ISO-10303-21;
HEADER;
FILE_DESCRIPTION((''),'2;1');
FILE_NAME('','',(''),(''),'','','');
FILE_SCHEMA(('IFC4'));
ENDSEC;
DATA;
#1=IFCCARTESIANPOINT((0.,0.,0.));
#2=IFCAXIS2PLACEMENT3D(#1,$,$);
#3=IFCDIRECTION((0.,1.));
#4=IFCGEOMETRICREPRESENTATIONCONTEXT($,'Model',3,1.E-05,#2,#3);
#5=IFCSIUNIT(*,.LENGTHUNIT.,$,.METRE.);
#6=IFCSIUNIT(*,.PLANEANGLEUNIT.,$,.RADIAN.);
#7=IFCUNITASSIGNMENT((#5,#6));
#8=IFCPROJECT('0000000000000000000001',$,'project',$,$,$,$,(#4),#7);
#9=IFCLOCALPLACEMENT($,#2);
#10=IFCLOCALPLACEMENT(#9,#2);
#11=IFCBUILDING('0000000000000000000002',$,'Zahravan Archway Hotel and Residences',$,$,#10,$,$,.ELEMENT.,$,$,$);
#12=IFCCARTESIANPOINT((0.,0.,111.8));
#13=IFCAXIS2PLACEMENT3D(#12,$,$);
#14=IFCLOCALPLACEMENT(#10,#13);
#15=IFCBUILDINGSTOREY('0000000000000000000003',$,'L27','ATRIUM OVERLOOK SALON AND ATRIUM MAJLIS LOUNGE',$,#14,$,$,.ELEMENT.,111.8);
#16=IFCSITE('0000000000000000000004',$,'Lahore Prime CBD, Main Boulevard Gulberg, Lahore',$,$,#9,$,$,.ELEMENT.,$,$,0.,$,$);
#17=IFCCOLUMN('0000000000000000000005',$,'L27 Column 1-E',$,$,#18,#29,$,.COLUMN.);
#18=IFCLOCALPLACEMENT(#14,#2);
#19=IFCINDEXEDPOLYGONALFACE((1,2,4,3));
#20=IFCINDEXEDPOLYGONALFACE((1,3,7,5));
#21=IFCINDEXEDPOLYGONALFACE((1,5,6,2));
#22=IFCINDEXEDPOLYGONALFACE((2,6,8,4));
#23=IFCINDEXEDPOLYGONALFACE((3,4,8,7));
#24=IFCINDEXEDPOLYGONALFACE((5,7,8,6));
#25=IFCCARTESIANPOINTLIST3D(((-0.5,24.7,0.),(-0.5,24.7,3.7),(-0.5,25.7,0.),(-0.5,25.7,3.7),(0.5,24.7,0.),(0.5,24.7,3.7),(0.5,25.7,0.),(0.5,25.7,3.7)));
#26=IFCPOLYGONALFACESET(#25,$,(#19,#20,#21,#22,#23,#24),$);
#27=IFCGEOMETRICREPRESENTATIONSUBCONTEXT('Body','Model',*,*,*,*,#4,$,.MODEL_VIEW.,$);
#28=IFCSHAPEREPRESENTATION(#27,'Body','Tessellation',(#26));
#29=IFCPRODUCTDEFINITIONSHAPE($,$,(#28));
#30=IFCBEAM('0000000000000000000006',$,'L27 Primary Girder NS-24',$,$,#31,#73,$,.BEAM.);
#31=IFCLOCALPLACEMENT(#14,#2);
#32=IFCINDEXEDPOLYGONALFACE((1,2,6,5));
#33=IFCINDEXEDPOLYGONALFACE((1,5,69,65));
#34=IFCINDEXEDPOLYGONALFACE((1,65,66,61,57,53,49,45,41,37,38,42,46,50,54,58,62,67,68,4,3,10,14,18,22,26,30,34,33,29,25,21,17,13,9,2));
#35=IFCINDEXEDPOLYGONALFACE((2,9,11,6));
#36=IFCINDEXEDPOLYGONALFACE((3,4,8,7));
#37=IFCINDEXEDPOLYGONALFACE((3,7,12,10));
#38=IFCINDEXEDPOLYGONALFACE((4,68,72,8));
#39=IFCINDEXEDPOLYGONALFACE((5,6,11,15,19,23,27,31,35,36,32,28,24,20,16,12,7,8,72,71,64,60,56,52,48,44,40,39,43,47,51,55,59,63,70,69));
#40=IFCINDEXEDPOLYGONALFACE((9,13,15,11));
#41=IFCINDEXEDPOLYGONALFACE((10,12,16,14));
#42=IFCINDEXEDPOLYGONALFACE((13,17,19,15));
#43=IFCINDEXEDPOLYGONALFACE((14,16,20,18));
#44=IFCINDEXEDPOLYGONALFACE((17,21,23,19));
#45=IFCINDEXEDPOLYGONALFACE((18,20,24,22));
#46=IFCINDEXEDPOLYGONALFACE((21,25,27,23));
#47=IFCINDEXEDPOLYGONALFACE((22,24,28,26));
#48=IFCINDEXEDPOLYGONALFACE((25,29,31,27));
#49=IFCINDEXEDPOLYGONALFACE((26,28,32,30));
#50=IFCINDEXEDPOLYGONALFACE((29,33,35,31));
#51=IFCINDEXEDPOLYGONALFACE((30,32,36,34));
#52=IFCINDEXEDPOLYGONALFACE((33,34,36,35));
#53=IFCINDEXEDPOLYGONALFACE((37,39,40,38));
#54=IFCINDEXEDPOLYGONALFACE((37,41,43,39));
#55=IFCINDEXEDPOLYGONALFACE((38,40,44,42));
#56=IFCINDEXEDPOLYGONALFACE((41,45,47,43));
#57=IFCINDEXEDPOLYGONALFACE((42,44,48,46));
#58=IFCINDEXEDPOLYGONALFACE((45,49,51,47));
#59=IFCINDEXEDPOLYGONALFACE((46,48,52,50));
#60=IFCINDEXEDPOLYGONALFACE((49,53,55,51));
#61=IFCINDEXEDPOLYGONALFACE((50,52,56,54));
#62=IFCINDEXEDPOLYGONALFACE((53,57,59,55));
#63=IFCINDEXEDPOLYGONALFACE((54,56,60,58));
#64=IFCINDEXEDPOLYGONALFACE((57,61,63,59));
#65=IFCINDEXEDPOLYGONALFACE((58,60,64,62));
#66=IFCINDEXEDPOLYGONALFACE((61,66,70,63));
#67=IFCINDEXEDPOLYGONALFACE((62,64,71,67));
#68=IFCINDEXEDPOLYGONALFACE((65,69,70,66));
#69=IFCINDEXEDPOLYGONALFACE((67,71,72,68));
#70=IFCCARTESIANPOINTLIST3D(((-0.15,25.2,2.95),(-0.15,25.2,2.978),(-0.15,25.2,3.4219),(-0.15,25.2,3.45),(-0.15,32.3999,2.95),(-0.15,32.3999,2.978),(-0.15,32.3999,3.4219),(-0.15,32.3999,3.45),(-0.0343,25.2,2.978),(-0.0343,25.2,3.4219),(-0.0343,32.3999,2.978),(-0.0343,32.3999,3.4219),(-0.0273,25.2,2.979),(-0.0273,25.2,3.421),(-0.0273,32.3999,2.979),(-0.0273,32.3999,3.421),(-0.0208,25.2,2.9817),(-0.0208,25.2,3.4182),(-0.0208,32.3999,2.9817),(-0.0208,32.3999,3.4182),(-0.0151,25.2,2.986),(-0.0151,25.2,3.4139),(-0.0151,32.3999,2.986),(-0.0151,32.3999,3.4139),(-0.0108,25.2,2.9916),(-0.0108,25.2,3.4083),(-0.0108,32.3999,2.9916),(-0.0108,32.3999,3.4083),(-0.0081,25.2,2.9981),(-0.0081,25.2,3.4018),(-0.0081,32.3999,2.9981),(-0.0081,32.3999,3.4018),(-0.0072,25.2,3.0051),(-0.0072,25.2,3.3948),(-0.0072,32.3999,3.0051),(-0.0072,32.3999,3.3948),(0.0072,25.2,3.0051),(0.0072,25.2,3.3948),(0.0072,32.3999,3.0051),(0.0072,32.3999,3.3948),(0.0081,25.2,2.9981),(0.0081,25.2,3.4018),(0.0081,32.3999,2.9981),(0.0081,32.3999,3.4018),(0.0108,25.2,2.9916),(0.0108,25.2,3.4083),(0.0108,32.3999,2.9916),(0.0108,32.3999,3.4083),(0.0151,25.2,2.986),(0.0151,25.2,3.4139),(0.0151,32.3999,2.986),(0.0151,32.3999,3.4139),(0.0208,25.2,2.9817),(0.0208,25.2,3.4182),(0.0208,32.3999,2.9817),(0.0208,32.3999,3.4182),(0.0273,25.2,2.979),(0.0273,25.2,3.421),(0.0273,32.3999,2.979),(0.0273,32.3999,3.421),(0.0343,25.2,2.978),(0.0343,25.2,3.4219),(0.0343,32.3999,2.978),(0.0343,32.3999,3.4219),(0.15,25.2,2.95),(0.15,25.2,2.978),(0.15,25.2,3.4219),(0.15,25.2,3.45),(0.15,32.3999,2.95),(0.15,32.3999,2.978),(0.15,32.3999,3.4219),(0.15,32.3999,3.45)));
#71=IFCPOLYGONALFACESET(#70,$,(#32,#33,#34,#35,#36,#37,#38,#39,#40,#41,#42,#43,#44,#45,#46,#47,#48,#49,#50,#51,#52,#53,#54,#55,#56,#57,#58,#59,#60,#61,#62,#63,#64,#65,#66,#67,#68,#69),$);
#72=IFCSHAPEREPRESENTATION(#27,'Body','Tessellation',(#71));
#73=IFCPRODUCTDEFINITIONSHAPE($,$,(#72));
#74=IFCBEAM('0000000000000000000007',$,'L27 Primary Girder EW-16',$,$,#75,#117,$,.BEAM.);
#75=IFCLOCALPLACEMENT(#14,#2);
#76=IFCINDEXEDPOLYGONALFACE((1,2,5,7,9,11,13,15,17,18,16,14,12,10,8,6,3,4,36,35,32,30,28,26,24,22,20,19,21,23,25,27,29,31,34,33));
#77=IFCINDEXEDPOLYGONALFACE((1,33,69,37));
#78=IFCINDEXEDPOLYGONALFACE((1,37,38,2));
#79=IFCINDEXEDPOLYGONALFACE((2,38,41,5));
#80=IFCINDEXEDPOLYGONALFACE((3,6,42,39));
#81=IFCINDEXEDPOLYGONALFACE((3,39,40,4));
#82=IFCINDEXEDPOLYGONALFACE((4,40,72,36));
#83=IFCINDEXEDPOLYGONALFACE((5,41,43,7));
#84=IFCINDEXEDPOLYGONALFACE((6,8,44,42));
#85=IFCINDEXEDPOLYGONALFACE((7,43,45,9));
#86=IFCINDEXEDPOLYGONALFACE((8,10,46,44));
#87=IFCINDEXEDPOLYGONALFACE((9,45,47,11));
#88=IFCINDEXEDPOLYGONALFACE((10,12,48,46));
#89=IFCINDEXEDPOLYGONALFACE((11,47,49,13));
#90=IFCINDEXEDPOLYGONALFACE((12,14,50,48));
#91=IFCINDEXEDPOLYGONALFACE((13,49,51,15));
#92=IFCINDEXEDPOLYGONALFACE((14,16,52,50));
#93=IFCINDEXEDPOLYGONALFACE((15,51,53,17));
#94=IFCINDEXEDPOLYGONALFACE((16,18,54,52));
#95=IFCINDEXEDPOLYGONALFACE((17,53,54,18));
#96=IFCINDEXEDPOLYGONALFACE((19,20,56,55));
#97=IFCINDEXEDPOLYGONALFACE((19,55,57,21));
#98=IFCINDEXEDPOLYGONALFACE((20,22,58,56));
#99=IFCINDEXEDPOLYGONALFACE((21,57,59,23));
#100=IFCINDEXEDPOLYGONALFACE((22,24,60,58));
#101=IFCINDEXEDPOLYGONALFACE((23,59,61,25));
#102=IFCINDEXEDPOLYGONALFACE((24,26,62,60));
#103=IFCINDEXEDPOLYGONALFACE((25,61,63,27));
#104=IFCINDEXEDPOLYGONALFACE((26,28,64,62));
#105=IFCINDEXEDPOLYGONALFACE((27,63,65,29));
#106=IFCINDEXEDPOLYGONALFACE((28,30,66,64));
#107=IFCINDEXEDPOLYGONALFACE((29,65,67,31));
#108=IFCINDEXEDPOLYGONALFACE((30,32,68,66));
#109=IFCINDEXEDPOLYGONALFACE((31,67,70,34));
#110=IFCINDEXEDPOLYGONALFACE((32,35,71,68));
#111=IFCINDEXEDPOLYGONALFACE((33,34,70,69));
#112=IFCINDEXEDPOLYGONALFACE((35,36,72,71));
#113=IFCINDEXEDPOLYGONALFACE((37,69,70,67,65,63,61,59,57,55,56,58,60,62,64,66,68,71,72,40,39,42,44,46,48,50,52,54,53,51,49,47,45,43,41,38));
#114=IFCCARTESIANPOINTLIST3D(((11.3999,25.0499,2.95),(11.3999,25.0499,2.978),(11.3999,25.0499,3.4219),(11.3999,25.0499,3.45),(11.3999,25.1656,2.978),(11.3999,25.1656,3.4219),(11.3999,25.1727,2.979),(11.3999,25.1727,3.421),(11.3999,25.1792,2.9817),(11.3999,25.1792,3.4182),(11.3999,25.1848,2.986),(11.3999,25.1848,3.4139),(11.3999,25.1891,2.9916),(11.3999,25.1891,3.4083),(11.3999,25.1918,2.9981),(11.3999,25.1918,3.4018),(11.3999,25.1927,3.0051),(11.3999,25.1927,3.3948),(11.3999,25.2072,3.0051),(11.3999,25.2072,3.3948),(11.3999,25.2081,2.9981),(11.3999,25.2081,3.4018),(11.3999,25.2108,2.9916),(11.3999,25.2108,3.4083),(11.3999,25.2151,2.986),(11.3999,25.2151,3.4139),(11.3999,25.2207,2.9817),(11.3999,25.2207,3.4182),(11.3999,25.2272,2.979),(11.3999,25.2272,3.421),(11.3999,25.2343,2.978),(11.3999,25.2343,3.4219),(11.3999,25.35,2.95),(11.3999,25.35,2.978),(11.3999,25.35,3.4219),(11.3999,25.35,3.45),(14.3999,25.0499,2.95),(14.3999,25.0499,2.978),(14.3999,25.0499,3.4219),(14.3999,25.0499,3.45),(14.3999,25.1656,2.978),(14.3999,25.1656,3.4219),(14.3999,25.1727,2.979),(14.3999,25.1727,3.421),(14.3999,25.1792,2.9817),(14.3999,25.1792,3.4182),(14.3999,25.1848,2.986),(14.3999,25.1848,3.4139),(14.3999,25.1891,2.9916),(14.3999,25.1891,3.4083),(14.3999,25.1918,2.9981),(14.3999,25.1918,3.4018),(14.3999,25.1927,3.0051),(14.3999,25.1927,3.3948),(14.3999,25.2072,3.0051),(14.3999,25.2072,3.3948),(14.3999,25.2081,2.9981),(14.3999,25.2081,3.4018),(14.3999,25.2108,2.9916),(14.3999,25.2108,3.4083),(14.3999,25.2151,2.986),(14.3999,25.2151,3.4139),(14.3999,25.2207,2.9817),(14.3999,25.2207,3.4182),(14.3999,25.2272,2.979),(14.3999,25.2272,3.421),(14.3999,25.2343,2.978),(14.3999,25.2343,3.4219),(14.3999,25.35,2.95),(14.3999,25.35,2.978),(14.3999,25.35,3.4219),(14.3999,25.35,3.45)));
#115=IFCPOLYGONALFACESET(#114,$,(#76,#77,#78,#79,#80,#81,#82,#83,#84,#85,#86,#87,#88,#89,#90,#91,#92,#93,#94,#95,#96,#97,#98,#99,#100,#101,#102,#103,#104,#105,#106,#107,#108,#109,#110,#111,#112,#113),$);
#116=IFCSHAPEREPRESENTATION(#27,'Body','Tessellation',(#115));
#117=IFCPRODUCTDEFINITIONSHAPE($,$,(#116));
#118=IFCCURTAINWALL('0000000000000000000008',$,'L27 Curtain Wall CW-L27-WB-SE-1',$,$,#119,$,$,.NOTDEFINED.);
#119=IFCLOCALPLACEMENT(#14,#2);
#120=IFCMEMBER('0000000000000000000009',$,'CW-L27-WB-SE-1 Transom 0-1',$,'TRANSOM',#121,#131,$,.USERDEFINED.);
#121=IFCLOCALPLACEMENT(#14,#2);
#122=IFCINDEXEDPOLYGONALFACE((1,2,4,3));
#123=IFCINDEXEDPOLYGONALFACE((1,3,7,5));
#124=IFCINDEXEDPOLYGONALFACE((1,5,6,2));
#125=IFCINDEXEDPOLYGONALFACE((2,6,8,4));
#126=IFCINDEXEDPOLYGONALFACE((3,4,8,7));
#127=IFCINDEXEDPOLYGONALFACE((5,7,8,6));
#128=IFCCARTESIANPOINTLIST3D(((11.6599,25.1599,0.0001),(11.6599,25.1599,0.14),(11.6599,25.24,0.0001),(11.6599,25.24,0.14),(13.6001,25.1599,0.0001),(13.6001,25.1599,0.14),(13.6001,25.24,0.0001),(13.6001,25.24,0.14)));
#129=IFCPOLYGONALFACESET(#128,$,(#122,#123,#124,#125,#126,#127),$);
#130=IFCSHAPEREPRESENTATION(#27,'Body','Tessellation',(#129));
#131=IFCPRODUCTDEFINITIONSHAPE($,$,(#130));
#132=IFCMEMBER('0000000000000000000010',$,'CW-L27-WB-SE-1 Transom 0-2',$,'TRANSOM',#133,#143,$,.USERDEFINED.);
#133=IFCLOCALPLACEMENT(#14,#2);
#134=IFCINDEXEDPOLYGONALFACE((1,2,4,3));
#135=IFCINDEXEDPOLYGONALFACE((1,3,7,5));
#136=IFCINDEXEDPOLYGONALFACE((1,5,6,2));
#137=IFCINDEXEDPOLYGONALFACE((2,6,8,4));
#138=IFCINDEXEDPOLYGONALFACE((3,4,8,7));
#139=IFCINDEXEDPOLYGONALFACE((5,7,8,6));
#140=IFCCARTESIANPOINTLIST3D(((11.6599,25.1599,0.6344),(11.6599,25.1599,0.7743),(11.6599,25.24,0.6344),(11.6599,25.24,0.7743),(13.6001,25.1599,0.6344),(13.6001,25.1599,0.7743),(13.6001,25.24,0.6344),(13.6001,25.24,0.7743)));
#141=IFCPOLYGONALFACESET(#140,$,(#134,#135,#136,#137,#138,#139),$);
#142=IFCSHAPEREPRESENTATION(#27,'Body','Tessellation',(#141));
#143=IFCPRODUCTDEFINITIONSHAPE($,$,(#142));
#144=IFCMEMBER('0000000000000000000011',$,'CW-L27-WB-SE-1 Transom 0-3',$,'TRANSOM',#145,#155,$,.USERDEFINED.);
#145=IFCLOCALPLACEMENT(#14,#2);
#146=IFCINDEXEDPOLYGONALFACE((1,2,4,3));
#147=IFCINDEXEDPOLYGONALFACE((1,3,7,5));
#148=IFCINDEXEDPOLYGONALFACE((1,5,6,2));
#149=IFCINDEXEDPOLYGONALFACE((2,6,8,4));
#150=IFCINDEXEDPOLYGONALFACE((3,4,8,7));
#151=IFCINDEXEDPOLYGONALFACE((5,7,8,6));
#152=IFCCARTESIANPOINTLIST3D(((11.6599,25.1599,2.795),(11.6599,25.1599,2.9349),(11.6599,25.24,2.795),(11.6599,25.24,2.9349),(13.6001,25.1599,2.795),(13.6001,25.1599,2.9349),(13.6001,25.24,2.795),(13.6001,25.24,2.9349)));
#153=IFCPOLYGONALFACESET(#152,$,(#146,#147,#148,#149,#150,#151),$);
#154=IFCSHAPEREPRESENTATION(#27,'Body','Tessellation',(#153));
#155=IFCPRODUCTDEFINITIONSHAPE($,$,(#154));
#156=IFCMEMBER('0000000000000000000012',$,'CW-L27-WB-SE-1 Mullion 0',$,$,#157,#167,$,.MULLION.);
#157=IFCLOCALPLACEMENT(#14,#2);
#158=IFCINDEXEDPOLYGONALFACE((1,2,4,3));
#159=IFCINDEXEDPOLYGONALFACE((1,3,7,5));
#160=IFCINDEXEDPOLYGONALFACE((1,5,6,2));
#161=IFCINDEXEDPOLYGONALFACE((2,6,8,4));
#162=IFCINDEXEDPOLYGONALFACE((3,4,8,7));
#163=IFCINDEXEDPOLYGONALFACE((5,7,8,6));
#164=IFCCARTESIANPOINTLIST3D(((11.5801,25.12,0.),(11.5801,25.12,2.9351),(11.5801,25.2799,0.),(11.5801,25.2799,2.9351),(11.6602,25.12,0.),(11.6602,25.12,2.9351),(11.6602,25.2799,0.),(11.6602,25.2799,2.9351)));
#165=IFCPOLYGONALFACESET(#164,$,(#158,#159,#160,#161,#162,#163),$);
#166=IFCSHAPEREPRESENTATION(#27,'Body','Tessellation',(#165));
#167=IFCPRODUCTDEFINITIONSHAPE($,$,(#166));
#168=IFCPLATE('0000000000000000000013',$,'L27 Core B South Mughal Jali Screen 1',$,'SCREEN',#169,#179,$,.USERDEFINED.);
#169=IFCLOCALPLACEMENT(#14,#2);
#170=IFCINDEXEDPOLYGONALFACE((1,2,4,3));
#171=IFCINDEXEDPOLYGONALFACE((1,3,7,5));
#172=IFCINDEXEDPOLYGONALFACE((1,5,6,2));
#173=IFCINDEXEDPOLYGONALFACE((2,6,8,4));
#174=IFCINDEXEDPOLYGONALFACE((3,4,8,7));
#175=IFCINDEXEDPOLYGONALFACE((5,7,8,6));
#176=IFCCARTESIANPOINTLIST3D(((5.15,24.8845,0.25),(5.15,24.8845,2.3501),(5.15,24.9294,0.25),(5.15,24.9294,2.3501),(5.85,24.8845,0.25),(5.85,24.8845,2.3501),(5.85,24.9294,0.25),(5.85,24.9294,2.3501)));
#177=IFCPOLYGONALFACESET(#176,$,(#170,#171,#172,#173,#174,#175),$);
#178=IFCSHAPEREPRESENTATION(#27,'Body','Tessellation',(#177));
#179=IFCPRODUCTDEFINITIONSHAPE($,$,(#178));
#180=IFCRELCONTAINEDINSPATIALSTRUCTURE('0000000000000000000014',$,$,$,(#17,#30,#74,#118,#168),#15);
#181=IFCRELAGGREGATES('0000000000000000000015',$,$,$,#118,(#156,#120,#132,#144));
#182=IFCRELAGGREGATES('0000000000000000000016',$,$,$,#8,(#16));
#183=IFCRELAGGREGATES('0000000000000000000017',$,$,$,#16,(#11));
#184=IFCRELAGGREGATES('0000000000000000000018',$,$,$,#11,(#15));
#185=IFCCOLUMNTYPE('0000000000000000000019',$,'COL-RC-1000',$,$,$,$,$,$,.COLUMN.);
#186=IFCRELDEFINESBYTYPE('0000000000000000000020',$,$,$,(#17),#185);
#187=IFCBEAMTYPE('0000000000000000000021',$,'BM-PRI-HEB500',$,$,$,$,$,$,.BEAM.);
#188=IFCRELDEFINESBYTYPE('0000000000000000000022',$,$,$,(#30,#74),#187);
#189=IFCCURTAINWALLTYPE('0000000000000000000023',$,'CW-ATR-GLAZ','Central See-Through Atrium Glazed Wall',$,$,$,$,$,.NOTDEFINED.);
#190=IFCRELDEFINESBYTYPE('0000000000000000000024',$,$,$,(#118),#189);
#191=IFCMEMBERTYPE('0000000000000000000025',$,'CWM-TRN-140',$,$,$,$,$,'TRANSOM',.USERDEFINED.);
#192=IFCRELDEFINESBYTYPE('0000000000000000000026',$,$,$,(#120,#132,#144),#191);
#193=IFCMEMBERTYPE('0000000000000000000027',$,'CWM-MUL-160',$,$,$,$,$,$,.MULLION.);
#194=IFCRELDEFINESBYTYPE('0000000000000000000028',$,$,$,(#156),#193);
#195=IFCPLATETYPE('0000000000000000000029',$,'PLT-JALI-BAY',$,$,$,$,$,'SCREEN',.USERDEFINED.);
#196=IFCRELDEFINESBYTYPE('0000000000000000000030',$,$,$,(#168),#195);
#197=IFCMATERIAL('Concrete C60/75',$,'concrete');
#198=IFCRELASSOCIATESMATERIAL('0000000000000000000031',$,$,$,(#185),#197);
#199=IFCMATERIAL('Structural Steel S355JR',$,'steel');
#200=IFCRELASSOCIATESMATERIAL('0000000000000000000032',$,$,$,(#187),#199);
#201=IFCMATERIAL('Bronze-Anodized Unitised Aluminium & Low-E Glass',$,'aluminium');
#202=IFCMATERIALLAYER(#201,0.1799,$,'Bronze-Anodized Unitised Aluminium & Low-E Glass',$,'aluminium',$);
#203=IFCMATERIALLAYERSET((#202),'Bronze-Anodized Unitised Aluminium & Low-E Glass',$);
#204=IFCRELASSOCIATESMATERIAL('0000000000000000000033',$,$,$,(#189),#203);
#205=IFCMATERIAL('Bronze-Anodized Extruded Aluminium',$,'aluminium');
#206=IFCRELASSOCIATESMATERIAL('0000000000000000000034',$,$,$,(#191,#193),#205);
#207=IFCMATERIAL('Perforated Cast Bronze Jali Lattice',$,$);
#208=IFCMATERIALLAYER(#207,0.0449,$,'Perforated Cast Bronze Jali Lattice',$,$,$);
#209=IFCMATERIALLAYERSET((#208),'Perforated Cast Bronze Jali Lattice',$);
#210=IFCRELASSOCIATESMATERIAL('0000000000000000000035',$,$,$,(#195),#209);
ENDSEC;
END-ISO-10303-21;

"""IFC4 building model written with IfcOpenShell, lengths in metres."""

from ifc_helpers import new_model, si_unit, direction, frame, origin, origin_2d, place, context, subcontext, project, spatial, rectangle, i_section, extrude, source, transform, mapped, material, layer, layer_set, material_profile, profile_set, type_object, type_shapes, element, aggregate, save


model = new_model("IFC4")

# Units and contexts
model_context = context("Model", 3, precision=1e-05, world=origin(), true_north=direction((0.0, 1.0)))
body_context = subcontext(model_context, "Body", "Model", "MODEL_VIEW")
ifc_project = project(units=[si_unit("LENGTHUNIT", "METRE"), si_unit("PLANEANGLEUNIT", "RADIAN")], contexts=[model_context])

# Site, building, storey
site_placement = place(None, origin())
site = spatial("IfcSite", under=ifc_project, at=site_placement, Name="Lahore Prime CBD, Main Boulevard Gulberg, Lahore", CompositionType="ELEMENT", RefElevation=0.0)
building_placement = place(site_placement, origin())
building = spatial("IfcBuilding", under=site, at=building_placement, Name="Zahravan Archway Hotel and Residences", CompositionType="ELEMENT")
storey_placement = place(building_placement, frame((0.0, 0.0, 111.8)))
storey = spatial("IfcBuildingStorey", under=building, at=storey_placement, Name="L27", Description="ATRIUM OVERLOOK SALON AND ATRIUM MAJLIS LOUNGE", CompositionType="ELEMENT", Elevation=111.8)

# Column
ifc_material_1 = material(Name="Concrete C60/75", Category="concrete")
ifc_material_profile_1 = material_profile(ifc_material_1, rectangle(XDim=1.0, YDim=1.0, at=origin_2d()), Name="RC-COL-1000x1000", Category="concrete")
ifc_profile_set_1 = profile_set([ifc_material_profile_1], Name="Concrete C60/75")
column_type = type_object("IfcColumnType", Name="COL-RC-1000", PredefinedType="COLUMN", material=ifc_profile_set_1)
shared_shape_1 = source(origin(), body_context, "Body", "SweptSolid", [
    extrude(rectangle(XDim=1.0, YDim=1.0, at=origin_2d()), origin(), (0.0, 0.0, 1.0), 3.7),
])
type_shapes(column_type, [shared_shape_1])
column_placement = place(storey_placement, frame((0.0, 25.2, 0.0), z_axis=(0.0, 0.0, 1.0), x_axis=(1.0, 0.0, 0.0)))
element("IfcColumn", 1, at=column_placement, inside=storey, type_object=column_type, Name="L27 Column 1-E", PredefinedType="COLUMN", context=body_context, shape_type="MappedRepresentation", body=[
    mapped(shared_shape_1, transform((0.0, 0.0, 0.0), scale=1.0)),
])

# Beams
ifc_material_2 = material(Name="Structural Steel S355JR", Category="steel")
ifc_material_profile_2 = material_profile(ifc_material_2, i_section(OverallWidth=0.3, OverallDepth=0.5, WebThickness=0.0144, FlangeThickness=0.0281, FilletRadius=0.0271, at=origin_2d()), Name="HEB 500", Category="steel")
ifc_profile_set_2 = profile_set([ifc_material_profile_2], Name="Structural Steel S355JR")
beam_type = type_object("IfcBeamType", Name="BM-PRI-HEB500", PredefinedType="BEAM", material=ifc_profile_set_2)
shared_shape_2 = source(origin(), body_context, "Body", "SweptSolid", [
    extrude(i_section(OverallWidth=0.3, OverallDepth=0.5, WebThickness=0.0144, FlangeThickness=0.0281, FilletRadius=0.0271, at=origin_2d()), origin(), (0.0, 0.0, 1.0), 7.2),
])
beam_1_placement = place(storey_placement, frame((0.0, 25.2, 3.2), z_axis=(0.0, 1.0, 0.0), x_axis=(-1.0, 0.0, 0.0)))
element("IfcBeam", 2, at=beam_1_placement, inside=storey, type_object=beam_type, Name="L27 Primary Girder NS-24", PredefinedType="BEAM", context=body_context, shape_type="MappedRepresentation", body=[
    mapped(shared_shape_2, transform((0.0, 0.0, 0.0), scale=1.0)),
])
shared_shape_3 = source(origin(), body_context, "Body", "SweptSolid", [
    extrude(i_section(OverallWidth=0.3, OverallDepth=0.5, WebThickness=0.0144, FlangeThickness=0.0281, FilletRadius=0.0271, at=origin_2d()), origin(), (0.0, 0.0, 1.0), 3.0),
])
beam_2_placement = place(storey_placement, frame((11.3999, 25.2, 3.2), z_axis=(1.0, 0.0, 0.0), x_axis=(0.0, 1.0, 0.0)))
element("IfcBeam", 3, at=beam_2_placement, inside=storey, type_object=beam_type, Name="L27 Primary Girder EW-16", PredefinedType="BEAM", context=body_context, shape_type="MappedRepresentation", body=[
    mapped(shared_shape_3, transform((0.0, 0.0, 0.0), scale=1.0)),
])

# Curtain wall, members
ifc_material_3 = material(Name="Bronze-Anodized Unitised Aluminium & Low-E Glass", Category="aluminium")
ifc_layer_1 = layer(ifc_material_3, 0.1799, Name="Bronze-Anodized Unitised Aluminium & Low-E Glass", Category="aluminium")
ifc_layer_set_1 = layer_set([ifc_layer_1], Name="Bronze-Anodized Unitised Aluminium & Low-E Glass")
curtain_wall_type = type_object("IfcCurtainWallType", Name="CW-ATR-GLAZ", Description="Central See-Through Atrium Glazed Wall", PredefinedType="NOTDEFINED", material=ifc_layer_set_1)
curtain_wall_placement = place(storey_placement, origin())
curtain_wall = element("IfcCurtainWall", 4, at=curtain_wall_placement, inside=storey, type_object=curtain_wall_type, Name="L27 Curtain Wall CW-L27-WB-SE-1", PredefinedType="NOTDEFINED")
ifc_material_4 = material(Name="Bronze-Anodized Extruded Aluminium", Category="aluminium")
ifc_material_profile_3 = material_profile(ifc_material_4, rectangle(XDim=0.0801, YDim=0.1399, at=origin_2d()), Name="TRN 80x140", Category="aluminium")
ifc_profile_set_3 = profile_set([ifc_material_profile_3], Name="Bronze-Anodized Extruded Aluminium")
member_type_1 = type_object("IfcMemberType", Name="CWM-TRN-140", ElementType="TRANSOM", PredefinedType="USERDEFINED", material=ifc_profile_set_3)
shared_shape_4 = source(origin(), body_context, "Body", "SweptSolid", [
    extrude(rectangle(XDim=0.0801, YDim=0.1399, at=origin_2d()), origin(), (0.0, 0.0, 1.0), 1.9402),
])
member_1_placement = place(storey_placement, frame((11.6599, 25.2, 0.0701), z_axis=(1.0, 0.0, 0.0), x_axis=(0.0, 1.0, 0.0)))
member_1 = element("IfcMember", 5, at=member_1_placement, type_object=member_type_1, Name="CW-L27-WB-SE-1 Transom 0-1", ObjectType="TRANSOM", PredefinedType="USERDEFINED", context=body_context, shape_type="MappedRepresentation", body=[
    mapped(shared_shape_4, transform((0.0, 0.0, 0.0), scale=1.0)),
])
member_2_placement = place(storey_placement, frame((11.6599, 25.2, 0.7043), z_axis=(1.0, 0.0, 0.0), x_axis=(0.0, 1.0, 0.0)))
member_2 = element("IfcMember", 6, at=member_2_placement, type_object=member_type_1, Name="CW-L27-WB-SE-1 Transom 0-2", ObjectType="TRANSOM", PredefinedType="USERDEFINED", context=body_context, shape_type="MappedRepresentation", body=[
    mapped(shared_shape_4, transform((0.0, 0.0, 0.0), scale=1.0)),
])
member_3_placement = place(storey_placement, frame((11.6599, 25.2, 2.865), z_axis=(1.0, 0.0, 0.0), x_axis=(0.0, 1.0, 0.0)))
member_3 = element("IfcMember", 7, at=member_3_placement, type_object=member_type_1, Name="CW-L27-WB-SE-1 Transom 0-3", ObjectType="TRANSOM", PredefinedType="USERDEFINED", context=body_context, shape_type="MappedRepresentation", body=[
    mapped(shared_shape_4, transform((0.0, 0.0, 0.0), scale=1.0)),
])
ifc_material_profile_4 = material_profile(ifc_material_4, rectangle(XDim=0.0801, YDim=0.1599, at=origin_2d()), Name="MUL 80x160", Category="aluminium")
ifc_profile_set_4 = profile_set([ifc_material_profile_4], Name="Bronze-Anodized Extruded Aluminium")
member_type_2 = type_object("IfcMemberType", Name="CWM-MUL-160", PredefinedType="MULLION", material=ifc_profile_set_4)
shared_shape_5 = source(origin(), body_context, "Body", "SweptSolid", [
    extrude(rectangle(XDim=0.0801, YDim=0.1599, at=origin_2d()), origin(), (0.0, 0.0, 1.0), 2.9351),
])
member_4_placement = place(storey_placement, frame((11.6201, 25.2, 0.0), z_axis=(0.0, 0.0, 1.0), x_axis=(1.0, 0.0, 0.0)))
member_4 = element("IfcMember", 8, at=member_4_placement, type_object=member_type_2, Name="CW-L27-WB-SE-1 Mullion 0", PredefinedType="MULLION", context=body_context, shape_type="MappedRepresentation", body=[
    mapped(shared_shape_5, transform((0.0, 0.0, 0.0), scale=1.0)),
])

# Plate
ifc_material_5 = material(Name="Perforated Cast Bronze Jali Lattice")
ifc_layer_2 = layer(ifc_material_5, 0.0449, Name="Perforated Cast Bronze Jali Lattice")
ifc_layer_set_2 = layer_set([ifc_layer_2], Name="Perforated Cast Bronze Jali Lattice")
plate_type_1 = type_object("IfcPlateType", Name="PLT-JALI-BAY", ElementType="SCREEN", PredefinedType="USERDEFINED", material=ifc_layer_set_2)
shared_shape_6 = source(origin(), body_context, "Body", "SweptSolid", [
    extrude(rectangle(XDim=0.7, YDim=0.0449, at=origin_2d()), origin(), (0.0, 0.0, 1.0), 2.1001),
])
type_shapes(plate_type_1, [shared_shape_6])
for number, where, z_axis, x_axis, name in (
    (9, (5.5, 24.907, 0.25), (0.0, 0.0, 1.0), (1.0, 0.0, 0.0), "L27 Core B South Mughal Jali Screen 1"),
):
    element("IfcPlate", number, at=place(storey_placement, frame(where, z_axis=z_axis, x_axis=x_axis)), inside=storey, type_object=plate_type_1, Name=name, ObjectType="SCREEN", PredefinedType="USERDEFINED", context=body_context, shape_type="MappedRepresentation", body=[
        mapped(shared_shape_6, transform((0.0, 0.0, 0.0), scale=1.0)),
    ])

aggregate(curtain_wall, [member_4, member_1, member_2, member_3])

save(model, "model.ifc")
